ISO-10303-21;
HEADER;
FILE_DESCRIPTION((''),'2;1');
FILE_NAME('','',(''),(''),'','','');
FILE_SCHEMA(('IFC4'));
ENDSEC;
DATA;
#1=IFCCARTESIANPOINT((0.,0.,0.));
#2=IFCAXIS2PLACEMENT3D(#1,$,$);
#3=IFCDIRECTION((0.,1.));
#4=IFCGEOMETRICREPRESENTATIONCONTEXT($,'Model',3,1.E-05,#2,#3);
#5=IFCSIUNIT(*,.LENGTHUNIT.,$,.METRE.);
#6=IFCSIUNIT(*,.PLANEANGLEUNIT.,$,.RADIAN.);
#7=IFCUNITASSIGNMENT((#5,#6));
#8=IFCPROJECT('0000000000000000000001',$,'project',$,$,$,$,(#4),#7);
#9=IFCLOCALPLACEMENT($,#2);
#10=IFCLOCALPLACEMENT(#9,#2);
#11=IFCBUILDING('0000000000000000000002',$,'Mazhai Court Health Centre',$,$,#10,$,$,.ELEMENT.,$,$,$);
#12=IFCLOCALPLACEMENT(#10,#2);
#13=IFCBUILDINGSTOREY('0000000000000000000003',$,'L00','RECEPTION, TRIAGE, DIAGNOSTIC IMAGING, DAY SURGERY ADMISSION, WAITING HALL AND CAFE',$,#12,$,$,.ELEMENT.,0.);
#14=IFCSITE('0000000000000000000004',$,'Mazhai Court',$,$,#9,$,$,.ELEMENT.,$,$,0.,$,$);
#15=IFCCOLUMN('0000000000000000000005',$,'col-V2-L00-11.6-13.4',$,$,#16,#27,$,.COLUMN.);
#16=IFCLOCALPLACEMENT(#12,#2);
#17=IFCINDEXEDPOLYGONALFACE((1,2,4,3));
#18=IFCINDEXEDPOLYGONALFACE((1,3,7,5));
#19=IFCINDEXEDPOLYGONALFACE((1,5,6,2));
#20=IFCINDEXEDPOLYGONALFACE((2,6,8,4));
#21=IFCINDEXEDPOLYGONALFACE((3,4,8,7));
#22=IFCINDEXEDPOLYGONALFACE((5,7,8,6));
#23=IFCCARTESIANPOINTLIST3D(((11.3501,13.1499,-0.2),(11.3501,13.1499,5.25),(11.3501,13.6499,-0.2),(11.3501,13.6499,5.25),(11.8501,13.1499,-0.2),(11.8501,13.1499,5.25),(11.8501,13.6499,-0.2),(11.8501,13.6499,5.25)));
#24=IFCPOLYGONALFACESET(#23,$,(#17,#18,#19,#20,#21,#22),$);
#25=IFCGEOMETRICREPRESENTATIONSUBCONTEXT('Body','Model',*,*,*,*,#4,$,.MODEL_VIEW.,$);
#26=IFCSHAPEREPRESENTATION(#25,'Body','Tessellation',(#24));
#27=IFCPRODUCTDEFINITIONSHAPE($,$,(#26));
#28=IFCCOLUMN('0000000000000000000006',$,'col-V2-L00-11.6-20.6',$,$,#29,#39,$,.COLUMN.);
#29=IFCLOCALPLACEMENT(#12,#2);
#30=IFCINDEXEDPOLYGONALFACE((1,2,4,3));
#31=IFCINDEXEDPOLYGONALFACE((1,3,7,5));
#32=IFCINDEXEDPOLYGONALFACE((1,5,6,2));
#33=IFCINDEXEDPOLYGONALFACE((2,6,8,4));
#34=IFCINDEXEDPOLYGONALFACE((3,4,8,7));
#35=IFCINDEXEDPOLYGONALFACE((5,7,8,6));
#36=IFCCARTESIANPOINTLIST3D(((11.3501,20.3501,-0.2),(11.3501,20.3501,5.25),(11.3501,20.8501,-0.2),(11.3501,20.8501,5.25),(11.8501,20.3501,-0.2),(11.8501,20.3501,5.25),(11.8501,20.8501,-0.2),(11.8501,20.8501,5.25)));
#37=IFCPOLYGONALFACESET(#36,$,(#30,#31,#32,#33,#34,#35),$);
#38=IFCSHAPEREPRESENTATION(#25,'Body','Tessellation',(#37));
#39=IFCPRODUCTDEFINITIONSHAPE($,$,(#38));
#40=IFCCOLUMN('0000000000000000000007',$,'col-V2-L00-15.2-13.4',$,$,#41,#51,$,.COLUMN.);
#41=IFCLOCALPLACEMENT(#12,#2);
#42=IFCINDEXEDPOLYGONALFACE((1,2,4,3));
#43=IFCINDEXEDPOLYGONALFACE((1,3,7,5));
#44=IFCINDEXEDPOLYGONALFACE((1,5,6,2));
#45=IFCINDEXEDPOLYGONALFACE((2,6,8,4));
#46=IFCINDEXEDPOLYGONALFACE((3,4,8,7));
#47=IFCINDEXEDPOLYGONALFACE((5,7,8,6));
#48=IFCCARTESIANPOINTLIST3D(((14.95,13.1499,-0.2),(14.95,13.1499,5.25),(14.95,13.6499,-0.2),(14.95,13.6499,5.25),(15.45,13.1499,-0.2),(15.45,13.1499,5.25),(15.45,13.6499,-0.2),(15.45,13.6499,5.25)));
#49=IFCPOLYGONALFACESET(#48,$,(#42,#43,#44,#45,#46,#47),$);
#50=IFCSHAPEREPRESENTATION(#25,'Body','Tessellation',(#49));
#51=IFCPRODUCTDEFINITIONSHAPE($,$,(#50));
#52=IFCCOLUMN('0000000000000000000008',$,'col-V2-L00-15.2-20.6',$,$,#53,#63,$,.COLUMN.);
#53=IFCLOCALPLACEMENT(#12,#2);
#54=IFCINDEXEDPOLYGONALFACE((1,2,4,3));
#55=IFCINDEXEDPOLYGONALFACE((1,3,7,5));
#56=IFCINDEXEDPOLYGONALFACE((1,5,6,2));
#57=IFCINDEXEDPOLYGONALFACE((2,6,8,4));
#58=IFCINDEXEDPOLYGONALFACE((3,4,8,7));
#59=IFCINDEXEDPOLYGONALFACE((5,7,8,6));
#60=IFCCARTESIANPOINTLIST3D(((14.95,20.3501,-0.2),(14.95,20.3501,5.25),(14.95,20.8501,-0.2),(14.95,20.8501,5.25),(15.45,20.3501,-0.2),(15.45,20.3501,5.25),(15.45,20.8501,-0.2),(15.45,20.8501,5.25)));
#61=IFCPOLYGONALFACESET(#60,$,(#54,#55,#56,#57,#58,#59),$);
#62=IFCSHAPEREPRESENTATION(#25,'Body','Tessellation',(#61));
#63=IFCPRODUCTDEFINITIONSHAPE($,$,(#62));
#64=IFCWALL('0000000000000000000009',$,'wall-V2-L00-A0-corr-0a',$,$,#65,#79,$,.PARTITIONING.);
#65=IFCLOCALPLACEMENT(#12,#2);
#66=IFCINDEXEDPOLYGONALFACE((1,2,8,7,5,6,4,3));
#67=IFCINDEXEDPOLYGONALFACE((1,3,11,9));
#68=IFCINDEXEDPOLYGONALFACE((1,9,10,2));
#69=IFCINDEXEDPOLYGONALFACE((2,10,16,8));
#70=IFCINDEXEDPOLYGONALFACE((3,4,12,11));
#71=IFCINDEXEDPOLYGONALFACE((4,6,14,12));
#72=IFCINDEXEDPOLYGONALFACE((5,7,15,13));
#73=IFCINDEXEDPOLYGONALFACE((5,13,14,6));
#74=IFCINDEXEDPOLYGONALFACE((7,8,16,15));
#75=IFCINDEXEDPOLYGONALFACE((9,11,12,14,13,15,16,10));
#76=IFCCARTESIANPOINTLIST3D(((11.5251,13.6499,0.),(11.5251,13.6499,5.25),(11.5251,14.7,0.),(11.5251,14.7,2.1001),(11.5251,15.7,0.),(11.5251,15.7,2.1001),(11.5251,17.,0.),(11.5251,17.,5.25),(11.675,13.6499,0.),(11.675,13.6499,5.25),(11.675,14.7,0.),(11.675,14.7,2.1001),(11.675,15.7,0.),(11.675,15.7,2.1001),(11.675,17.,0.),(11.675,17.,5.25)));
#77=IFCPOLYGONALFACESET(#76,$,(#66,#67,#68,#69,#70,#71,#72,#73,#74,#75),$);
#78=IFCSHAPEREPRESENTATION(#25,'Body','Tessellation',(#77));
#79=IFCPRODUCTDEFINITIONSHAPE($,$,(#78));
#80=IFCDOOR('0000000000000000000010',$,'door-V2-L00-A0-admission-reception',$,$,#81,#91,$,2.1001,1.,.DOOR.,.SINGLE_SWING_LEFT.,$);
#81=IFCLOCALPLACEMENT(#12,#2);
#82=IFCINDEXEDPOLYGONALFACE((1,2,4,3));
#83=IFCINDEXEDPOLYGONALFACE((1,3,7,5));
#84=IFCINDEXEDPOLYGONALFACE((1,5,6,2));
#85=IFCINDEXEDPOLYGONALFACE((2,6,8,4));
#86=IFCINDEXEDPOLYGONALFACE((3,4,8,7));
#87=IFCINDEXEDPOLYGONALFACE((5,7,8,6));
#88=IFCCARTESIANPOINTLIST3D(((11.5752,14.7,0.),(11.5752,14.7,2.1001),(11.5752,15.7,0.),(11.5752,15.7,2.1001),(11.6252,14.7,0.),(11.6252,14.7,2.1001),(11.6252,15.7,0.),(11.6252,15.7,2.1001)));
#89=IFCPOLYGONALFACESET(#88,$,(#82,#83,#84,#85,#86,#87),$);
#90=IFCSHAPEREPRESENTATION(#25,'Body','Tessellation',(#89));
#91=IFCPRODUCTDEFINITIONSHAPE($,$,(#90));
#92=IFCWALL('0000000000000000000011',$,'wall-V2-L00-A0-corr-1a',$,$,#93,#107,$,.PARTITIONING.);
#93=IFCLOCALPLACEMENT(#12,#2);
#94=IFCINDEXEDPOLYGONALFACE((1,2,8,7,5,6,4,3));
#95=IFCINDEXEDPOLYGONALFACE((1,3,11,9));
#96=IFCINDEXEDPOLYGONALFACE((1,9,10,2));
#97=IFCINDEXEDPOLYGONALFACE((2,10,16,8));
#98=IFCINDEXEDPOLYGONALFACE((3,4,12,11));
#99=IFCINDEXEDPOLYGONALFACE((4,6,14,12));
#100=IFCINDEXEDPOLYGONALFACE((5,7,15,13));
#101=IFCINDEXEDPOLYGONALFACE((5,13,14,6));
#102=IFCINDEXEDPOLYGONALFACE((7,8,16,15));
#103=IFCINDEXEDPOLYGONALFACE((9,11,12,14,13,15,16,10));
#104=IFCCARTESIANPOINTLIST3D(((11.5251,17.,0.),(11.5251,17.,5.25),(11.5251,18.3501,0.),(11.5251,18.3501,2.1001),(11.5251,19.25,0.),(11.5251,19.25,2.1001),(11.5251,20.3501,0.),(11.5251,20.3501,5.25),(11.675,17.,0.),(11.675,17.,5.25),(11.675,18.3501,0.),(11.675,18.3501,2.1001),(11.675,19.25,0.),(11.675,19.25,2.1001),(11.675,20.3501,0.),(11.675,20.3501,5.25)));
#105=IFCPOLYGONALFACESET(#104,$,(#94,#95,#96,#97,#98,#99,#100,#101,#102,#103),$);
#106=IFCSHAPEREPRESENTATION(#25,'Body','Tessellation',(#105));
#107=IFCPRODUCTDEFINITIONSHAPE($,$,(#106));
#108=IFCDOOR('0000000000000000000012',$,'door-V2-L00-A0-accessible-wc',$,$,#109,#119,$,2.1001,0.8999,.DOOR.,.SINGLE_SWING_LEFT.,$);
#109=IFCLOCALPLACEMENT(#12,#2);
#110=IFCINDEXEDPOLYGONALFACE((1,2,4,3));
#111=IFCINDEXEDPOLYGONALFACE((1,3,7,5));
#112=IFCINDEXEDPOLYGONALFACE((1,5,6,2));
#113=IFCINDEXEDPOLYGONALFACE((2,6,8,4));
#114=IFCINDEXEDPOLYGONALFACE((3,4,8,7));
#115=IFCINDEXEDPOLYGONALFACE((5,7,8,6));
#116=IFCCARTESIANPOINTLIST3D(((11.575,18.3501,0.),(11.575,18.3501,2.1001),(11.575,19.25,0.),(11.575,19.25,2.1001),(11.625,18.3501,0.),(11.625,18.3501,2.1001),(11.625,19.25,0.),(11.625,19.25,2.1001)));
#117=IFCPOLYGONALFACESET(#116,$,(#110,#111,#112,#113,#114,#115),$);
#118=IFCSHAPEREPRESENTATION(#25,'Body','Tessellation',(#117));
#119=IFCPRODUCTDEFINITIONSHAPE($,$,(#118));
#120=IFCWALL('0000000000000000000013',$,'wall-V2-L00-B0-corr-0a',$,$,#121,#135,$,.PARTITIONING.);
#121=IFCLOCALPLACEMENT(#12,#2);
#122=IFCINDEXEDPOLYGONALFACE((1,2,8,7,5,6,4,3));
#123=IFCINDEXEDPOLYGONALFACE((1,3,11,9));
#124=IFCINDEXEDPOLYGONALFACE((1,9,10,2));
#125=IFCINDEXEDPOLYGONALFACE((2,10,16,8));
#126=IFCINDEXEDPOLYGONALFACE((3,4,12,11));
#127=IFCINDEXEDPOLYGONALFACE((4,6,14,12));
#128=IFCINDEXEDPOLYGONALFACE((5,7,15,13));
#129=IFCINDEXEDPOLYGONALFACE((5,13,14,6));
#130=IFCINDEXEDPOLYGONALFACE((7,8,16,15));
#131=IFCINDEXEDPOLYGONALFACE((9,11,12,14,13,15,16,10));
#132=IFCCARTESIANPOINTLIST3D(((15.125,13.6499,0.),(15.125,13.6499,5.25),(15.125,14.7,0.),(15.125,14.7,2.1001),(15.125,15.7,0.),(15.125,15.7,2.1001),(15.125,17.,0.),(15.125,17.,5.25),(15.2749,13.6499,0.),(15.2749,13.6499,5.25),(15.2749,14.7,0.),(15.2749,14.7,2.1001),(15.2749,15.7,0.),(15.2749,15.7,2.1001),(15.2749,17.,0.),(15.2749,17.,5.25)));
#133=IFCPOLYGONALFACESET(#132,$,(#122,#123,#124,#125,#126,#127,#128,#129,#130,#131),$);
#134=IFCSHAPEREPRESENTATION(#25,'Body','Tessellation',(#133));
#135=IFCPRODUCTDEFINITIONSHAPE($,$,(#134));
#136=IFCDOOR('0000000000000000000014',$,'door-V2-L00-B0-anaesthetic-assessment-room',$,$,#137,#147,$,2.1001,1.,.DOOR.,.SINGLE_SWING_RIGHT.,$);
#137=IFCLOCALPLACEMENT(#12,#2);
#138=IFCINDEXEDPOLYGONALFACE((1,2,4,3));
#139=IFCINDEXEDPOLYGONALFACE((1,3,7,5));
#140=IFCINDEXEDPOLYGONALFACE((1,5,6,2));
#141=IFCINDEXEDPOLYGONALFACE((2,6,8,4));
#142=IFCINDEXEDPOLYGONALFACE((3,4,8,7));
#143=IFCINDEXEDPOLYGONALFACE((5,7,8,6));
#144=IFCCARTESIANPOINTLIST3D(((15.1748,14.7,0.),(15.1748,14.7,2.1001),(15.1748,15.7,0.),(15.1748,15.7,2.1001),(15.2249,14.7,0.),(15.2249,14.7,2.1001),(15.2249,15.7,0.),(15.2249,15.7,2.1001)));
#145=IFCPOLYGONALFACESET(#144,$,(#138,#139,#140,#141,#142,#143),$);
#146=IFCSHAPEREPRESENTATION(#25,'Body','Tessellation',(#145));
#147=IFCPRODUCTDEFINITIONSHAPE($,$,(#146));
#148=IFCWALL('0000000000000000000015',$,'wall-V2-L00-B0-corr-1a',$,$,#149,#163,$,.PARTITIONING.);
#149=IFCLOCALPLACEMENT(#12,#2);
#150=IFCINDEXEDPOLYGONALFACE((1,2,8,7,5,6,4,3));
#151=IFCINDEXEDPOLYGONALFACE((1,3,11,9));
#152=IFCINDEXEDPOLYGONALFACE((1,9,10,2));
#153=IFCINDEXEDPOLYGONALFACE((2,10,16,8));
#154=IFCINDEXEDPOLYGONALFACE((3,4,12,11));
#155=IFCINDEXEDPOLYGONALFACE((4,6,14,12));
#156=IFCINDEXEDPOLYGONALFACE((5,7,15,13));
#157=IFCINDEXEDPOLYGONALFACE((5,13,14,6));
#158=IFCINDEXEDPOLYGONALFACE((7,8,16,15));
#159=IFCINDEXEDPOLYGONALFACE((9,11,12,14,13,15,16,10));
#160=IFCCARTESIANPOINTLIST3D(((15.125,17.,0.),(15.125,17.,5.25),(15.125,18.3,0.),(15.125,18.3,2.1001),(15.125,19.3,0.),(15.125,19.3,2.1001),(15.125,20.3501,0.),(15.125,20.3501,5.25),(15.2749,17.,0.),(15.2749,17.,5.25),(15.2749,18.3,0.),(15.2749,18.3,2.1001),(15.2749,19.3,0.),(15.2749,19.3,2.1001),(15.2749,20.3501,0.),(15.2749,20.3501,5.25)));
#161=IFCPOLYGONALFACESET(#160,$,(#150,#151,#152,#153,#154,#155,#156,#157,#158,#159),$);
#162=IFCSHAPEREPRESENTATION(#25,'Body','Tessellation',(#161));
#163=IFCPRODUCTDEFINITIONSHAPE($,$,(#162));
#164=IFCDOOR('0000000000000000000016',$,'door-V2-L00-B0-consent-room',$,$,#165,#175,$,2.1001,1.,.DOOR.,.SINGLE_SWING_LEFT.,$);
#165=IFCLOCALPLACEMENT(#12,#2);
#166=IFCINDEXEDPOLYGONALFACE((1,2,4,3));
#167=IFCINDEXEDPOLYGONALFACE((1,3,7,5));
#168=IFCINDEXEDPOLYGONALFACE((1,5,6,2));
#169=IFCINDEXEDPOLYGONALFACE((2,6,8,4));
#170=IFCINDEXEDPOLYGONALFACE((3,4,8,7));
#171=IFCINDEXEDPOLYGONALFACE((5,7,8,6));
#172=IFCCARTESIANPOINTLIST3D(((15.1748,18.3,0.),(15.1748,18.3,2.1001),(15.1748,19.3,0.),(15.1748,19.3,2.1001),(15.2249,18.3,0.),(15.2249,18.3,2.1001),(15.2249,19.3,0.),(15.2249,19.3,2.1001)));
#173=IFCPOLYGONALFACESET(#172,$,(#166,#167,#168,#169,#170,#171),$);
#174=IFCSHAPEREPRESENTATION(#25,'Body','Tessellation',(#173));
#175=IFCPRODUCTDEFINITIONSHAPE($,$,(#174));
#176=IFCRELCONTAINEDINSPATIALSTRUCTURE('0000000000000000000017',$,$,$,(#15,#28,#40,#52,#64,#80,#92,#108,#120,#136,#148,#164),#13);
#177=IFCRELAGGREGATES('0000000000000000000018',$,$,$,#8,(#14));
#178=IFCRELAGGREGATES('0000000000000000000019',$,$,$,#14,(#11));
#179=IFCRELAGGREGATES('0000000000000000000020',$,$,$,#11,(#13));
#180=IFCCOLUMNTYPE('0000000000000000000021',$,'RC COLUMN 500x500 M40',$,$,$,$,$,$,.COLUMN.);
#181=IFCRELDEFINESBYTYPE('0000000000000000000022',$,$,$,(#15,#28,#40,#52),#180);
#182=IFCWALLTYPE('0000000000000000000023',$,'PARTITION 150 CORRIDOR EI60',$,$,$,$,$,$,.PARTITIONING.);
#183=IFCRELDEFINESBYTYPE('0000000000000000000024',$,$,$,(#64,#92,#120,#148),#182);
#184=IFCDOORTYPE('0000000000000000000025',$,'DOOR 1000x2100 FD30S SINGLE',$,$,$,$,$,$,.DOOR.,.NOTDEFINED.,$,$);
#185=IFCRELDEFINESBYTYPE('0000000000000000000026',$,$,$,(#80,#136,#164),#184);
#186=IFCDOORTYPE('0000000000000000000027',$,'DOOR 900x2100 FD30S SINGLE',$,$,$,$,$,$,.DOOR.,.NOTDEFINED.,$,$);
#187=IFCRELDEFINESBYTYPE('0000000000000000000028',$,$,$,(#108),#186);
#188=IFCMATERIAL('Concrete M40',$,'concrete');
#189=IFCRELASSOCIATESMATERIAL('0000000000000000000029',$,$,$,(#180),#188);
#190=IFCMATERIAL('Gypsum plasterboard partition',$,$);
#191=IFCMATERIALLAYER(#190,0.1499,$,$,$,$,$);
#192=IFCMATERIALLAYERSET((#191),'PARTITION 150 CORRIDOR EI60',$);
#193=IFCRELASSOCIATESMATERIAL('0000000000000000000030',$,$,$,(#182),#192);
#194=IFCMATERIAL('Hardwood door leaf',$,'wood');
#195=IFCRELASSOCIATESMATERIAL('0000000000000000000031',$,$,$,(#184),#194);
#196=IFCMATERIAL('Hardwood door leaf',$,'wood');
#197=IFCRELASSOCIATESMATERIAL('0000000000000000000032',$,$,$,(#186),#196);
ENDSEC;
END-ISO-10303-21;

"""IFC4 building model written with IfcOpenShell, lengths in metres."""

from ifc_helpers import new_model, si_unit, direction, frame, frame_2d, origin, origin_2d, place, context, subcontext, project, spatial, rectangle, extrude, material, layer, layer_set, material_profile, profile_set, type_object, element, fill, save


model = new_model("IFC4")

# Units and contexts
model_context = context("Model", 3, precision=1e-05, world=origin(), true_north=direction((0.0, 1.0)))
body_context = subcontext(model_context, "Body", "Model", "MODEL_VIEW")
ifc_project = project(units=[si_unit("LENGTHUNIT", "METRE"), si_unit("PLANEANGLEUNIT", "RADIAN")], contexts=[model_context])

# Site, building, storey
site_placement = place(None, origin())
site = spatial("IfcSite", under=ifc_project, at=site_placement, Name="Mazhai Court", CompositionType="ELEMENT", RefElevation=0.0)
building_placement = place(site_placement, origin())
building = spatial("IfcBuilding", under=site, at=building_placement, Name="Mazhai Court Health Centre", CompositionType="ELEMENT")
storey_placement = place(building_placement, origin())
storey = spatial("IfcBuildingStorey", under=building, at=storey_placement, Name="L00", Description="RECEPTION, TRIAGE, DIAGNOSTIC IMAGING, DAY SURGERY ADMISSION, WAITING HALL AND CAFE", CompositionType="ELEMENT", Elevation=0.0)

# Columns
ifc_material_1 = material(Name="Concrete M40", Category="concrete")
ifc_material_profile_1 = material_profile(ifc_material_1, rectangle(XDim=0.5, YDim=0.5, at=origin_2d()), Name="RC 500x500")
ifc_profile_set_1 = profile_set([ifc_material_profile_1], Name="Concrete M40")
column_type = type_object("IfcColumnType", Name="RC COLUMN 500x500 M40", PredefinedType="COLUMN", material=ifc_profile_set_1)
for number, where, z_axis, x_axis, name in (
    (1, (11.6001, 13.3999, -0.2), (0.0, 0.0, 1.0), (1.0, 0.0, 0.0), "col-V2-L00-11.6-13.4"),
    (2, (11.6001, 20.6001, -0.2), (0.0, 0.0, 1.0), (1.0, 0.0, 0.0), "col-V2-L00-11.6-20.6"),
    (3, (15.2, 13.3999, -0.2), (0.0, 0.0, 1.0), (1.0, 0.0, 0.0), "col-V2-L00-15.2-13.4"),
    (4, (15.2, 20.6001, -0.2), (0.0, 0.0, 1.0), (1.0, 0.0, 0.0), "col-V2-L00-15.2-20.6"),
):
    element("IfcColumn", number, at=place(storey_placement, frame(where, z_axis=z_axis, x_axis=x_axis)), inside=storey, type_object=column_type, Name=name, PredefinedType="COLUMN", context=body_context, shape_type="SweptSolid", body=[
        extrude(rectangle(XDim=0.5, YDim=0.5, at=origin_2d()), origin(), (0.0, 0.0, 1.0), 5.45),
    ])

# Walls, openings, doors
ifc_material_2 = material(Name="Gypsum plasterboard partition")
ifc_layer_1 = layer(ifc_material_2, 0.1499)
ifc_layer_set_1 = layer_set([ifc_layer_1], Name="PARTITION 150 CORRIDOR EI60")
wall_type_1 = type_object("IfcWallType", Name="PARTITION 150 CORRIDOR EI60", PredefinedType="PARTITIONING", material=ifc_layer_set_1)
wall_1_placement = place(storey_placement, frame((11.6001, 13.6499, 0.0), z_axis=(0.0, 0.0, 1.0), x_axis=(0.0, 1.0, 0.0)))
wall_1 = element("IfcWall", 5, at=wall_1_placement, inside=storey, type_object=wall_type_1, Name="wall-V2-L00-A0-corr-0a", PredefinedType="PARTITIONING", context=body_context, shape_type="SweptSolid", body=[
    extrude(rectangle(XDim=3.3501, YDim=0.1499, at=frame_2d((1.675, 0.0))), origin(), (0.0, 0.0, 1.0), 5.25),
])
opening_1_placement = place(wall_1_placement, frame((1.05, 0.0, 0.0)))
opening_1 = element("IfcOpeningElement", 6, at=opening_1_placement, cuts=wall_1, PredefinedType="OPENING", context=body_context, shape_type="SweptSolid", body=[
    extrude(rectangle(XDim=1.0, YDim=2.1001, at=frame_2d((0.5, 1.05))), frame((0.0, 0.085, 0.0), z_axis=(0.0, -1.0, 0.0), x_axis=(1.0, 0.0, 0.0)), (0.0, 0.0, 1.0), 0.1699),
])
ifc_material_3 = material(Name="Hardwood door leaf", Category="wood")
door_type_1 = type_object("IfcDoorType", Name="DOOR 1000x2100 FD30S SINGLE", OperationType="NOTDEFINED", PredefinedType="DOOR", material=ifc_material_3)
door_1_placement = place(opening_1_placement, origin())
door_1 = element("IfcDoor", 7, at=door_1_placement, inside=storey, type_object=door_type_1, Name="door-V2-L00-A0-admission-reception", OperationType="SINGLE_SWING_LEFT", OverallHeight=2.1001, OverallWidth=1.0, PredefinedType="DOOR", context=body_context, shape_type="SweptSolid", body=[
    extrude(rectangle(XDim=1.0, YDim=2.1001, at=frame_2d((0.5, 1.05))), frame((0.0, 0.0249, 0.0), z_axis=(0.0, -1.0, 0.0), x_axis=(1.0, 0.0, 0.0)), (0.0, 0.0, 1.0), 0.05),
])
fill(opening_1, door_1)
wall_2_placement = place(storey_placement, frame((11.6001, 20.3501, 0.0), z_axis=(0.0, 0.0, 1.0), x_axis=(0.0, -1.0, 0.0)))
wall_2 = element("IfcWall", 8, at=wall_2_placement, inside=storey, type_object=wall_type_1, Name="wall-V2-L00-A0-corr-1a", PredefinedType="PARTITIONING", context=body_context, shape_type="SweptSolid", body=[
    extrude(rectangle(XDim=3.3501, YDim=0.1499, at=frame_2d((1.675, 0.0))), origin(), (0.0, 0.0, 1.0), 5.25),
])
opening_2_placement = place(wall_2_placement, frame((1.1001, 0.0, 0.0)))
opening_2 = element("IfcOpeningElement", 9, at=opening_2_placement, cuts=wall_2, PredefinedType="OPENING", context=body_context, shape_type="SweptSolid", body=[
    extrude(rectangle(XDim=0.8999, YDim=2.1001, at=frame_2d((0.45, 1.05))), frame((0.0, 0.085, 0.0), z_axis=(0.0, -1.0, 0.0), x_axis=(1.0, 0.0, 0.0)), (0.0, 0.0, 1.0), 0.1699),
])
ifc_material_4 = material(Name="Hardwood door leaf", Category="wood")
door_type_2 = type_object("IfcDoorType", Name="DOOR 900x2100 FD30S SINGLE", OperationType="NOTDEFINED", PredefinedType="DOOR", material=ifc_material_4)
door_2_placement = place(opening_2_placement, origin())
door_2 = element("IfcDoor", 10, at=door_2_placement, inside=storey, type_object=door_type_2, Name="door-V2-L00-A0-accessible-wc", OperationType="SINGLE_SWING_LEFT", OverallHeight=2.1001, OverallWidth=0.8999, PredefinedType="DOOR", context=body_context, shape_type="SweptSolid", body=[
    extrude(rectangle(XDim=0.8999, YDim=2.1001, at=frame_2d((0.45, 1.05))), frame((0.0, 0.0249, 0.0), z_axis=(0.0, -1.0, 0.0), x_axis=(1.0, 0.0, 0.0)), (0.0, 0.0, 1.0), 0.05),
])
fill(opening_2, door_2)
wall_3_placement = place(storey_placement, frame((15.2, 17.0, 0.0), z_axis=(0.0, 0.0, 1.0), x_axis=(0.0, -1.0, 0.0)))
wall_3 = element("IfcWall", 11, at=wall_3_placement, inside=storey, type_object=wall_type_1, Name="wall-V2-L00-B0-corr-0a", PredefinedType="PARTITIONING", context=body_context, shape_type="SweptSolid", body=[
    extrude(rectangle(XDim=3.3501, YDim=0.1499, at=frame_2d((1.675, 0.0))), origin(), (0.0, 0.0, 1.0), 5.25),
])
opening_3_placement = place(wall_3_placement, frame((1.3, 0.0, 0.0)))
opening_3 = element("IfcOpeningElement", 12, at=opening_3_placement, cuts=wall_3, PredefinedType="OPENING", context=body_context, shape_type="SweptSolid", body=[
    extrude(rectangle(XDim=1.0, YDim=2.1001, at=frame_2d((0.5, 1.05))), frame((0.0, 0.085, 0.0), z_axis=(0.0, -1.0, 0.0), x_axis=(1.0, 0.0, 0.0)), (0.0, 0.0, 1.0), 0.1699),
])
door_3_placement = place(opening_3_placement, origin())
door_3 = element("IfcDoor", 13, at=door_3_placement, inside=storey, type_object=door_type_1, Name="door-V2-L00-B0-anaesthetic-assessment-room", OperationType="SINGLE_SWING_RIGHT", OverallHeight=2.1001, OverallWidth=1.0, PredefinedType="DOOR", context=body_context, shape_type="SweptSolid", body=[
    extrude(rectangle(XDim=1.0, YDim=2.1001, at=frame_2d((0.5, 1.05))), frame((0.0, 0.0249, 0.0), z_axis=(0.0, -1.0, 0.0), x_axis=(1.0, 0.0, 0.0)), (0.0, 0.0, 1.0), 0.05),
])
fill(opening_3, door_3)
wall_4_placement = place(storey_placement, frame((15.2, 20.3501, 0.0), z_axis=(0.0, 0.0, 1.0), x_axis=(0.0, -1.0, 0.0)))
wall_4 = element("IfcWall", 14, at=wall_4_placement, inside=storey, type_object=wall_type_1, Name="wall-V2-L00-B0-corr-1a", PredefinedType="PARTITIONING", context=body_context, shape_type="SweptSolid", body=[
    extrude(rectangle(XDim=3.3501, YDim=0.1499, at=frame_2d((1.675, 0.0))), origin(), (0.0, 0.0, 1.0), 5.25),
])
opening_4_placement = place(wall_4_placement, frame((1.05, 0.0, 0.0)))
opening_4 = element("IfcOpeningElement", 15, at=opening_4_placement, cuts=wall_4, PredefinedType="OPENING", context=body_context, shape_type="SweptSolid", body=[
    extrude(rectangle(XDim=1.0, YDim=2.1001, at=frame_2d((0.5, 1.05))), frame((0.0, 0.085, 0.0), z_axis=(0.0, -1.0, 0.0), x_axis=(1.0, 0.0, 0.0)), (0.0, 0.0, 1.0), 0.1699),
])
door_4_placement = place(opening_4_placement, origin())
door_4 = element("IfcDoor", 16, at=door_4_placement, inside=storey, type_object=door_type_1, Name="door-V2-L00-B0-consent-room", OperationType="SINGLE_SWING_LEFT", OverallHeight=2.1001, OverallWidth=1.0, PredefinedType="DOOR", context=body_context, shape_type="SweptSolid", body=[
    extrude(rectangle(XDim=1.0, YDim=2.1001, at=frame_2d((0.5, 1.05))), frame((0.0, 0.0249, 0.0), z_axis=(0.0, -1.0, 0.0), x_axis=(1.0, 0.0, 0.0)), (0.0, 0.0, 1.0), 0.05),
])
fill(opening_4, door_4)

save(model, "model.ifc")
